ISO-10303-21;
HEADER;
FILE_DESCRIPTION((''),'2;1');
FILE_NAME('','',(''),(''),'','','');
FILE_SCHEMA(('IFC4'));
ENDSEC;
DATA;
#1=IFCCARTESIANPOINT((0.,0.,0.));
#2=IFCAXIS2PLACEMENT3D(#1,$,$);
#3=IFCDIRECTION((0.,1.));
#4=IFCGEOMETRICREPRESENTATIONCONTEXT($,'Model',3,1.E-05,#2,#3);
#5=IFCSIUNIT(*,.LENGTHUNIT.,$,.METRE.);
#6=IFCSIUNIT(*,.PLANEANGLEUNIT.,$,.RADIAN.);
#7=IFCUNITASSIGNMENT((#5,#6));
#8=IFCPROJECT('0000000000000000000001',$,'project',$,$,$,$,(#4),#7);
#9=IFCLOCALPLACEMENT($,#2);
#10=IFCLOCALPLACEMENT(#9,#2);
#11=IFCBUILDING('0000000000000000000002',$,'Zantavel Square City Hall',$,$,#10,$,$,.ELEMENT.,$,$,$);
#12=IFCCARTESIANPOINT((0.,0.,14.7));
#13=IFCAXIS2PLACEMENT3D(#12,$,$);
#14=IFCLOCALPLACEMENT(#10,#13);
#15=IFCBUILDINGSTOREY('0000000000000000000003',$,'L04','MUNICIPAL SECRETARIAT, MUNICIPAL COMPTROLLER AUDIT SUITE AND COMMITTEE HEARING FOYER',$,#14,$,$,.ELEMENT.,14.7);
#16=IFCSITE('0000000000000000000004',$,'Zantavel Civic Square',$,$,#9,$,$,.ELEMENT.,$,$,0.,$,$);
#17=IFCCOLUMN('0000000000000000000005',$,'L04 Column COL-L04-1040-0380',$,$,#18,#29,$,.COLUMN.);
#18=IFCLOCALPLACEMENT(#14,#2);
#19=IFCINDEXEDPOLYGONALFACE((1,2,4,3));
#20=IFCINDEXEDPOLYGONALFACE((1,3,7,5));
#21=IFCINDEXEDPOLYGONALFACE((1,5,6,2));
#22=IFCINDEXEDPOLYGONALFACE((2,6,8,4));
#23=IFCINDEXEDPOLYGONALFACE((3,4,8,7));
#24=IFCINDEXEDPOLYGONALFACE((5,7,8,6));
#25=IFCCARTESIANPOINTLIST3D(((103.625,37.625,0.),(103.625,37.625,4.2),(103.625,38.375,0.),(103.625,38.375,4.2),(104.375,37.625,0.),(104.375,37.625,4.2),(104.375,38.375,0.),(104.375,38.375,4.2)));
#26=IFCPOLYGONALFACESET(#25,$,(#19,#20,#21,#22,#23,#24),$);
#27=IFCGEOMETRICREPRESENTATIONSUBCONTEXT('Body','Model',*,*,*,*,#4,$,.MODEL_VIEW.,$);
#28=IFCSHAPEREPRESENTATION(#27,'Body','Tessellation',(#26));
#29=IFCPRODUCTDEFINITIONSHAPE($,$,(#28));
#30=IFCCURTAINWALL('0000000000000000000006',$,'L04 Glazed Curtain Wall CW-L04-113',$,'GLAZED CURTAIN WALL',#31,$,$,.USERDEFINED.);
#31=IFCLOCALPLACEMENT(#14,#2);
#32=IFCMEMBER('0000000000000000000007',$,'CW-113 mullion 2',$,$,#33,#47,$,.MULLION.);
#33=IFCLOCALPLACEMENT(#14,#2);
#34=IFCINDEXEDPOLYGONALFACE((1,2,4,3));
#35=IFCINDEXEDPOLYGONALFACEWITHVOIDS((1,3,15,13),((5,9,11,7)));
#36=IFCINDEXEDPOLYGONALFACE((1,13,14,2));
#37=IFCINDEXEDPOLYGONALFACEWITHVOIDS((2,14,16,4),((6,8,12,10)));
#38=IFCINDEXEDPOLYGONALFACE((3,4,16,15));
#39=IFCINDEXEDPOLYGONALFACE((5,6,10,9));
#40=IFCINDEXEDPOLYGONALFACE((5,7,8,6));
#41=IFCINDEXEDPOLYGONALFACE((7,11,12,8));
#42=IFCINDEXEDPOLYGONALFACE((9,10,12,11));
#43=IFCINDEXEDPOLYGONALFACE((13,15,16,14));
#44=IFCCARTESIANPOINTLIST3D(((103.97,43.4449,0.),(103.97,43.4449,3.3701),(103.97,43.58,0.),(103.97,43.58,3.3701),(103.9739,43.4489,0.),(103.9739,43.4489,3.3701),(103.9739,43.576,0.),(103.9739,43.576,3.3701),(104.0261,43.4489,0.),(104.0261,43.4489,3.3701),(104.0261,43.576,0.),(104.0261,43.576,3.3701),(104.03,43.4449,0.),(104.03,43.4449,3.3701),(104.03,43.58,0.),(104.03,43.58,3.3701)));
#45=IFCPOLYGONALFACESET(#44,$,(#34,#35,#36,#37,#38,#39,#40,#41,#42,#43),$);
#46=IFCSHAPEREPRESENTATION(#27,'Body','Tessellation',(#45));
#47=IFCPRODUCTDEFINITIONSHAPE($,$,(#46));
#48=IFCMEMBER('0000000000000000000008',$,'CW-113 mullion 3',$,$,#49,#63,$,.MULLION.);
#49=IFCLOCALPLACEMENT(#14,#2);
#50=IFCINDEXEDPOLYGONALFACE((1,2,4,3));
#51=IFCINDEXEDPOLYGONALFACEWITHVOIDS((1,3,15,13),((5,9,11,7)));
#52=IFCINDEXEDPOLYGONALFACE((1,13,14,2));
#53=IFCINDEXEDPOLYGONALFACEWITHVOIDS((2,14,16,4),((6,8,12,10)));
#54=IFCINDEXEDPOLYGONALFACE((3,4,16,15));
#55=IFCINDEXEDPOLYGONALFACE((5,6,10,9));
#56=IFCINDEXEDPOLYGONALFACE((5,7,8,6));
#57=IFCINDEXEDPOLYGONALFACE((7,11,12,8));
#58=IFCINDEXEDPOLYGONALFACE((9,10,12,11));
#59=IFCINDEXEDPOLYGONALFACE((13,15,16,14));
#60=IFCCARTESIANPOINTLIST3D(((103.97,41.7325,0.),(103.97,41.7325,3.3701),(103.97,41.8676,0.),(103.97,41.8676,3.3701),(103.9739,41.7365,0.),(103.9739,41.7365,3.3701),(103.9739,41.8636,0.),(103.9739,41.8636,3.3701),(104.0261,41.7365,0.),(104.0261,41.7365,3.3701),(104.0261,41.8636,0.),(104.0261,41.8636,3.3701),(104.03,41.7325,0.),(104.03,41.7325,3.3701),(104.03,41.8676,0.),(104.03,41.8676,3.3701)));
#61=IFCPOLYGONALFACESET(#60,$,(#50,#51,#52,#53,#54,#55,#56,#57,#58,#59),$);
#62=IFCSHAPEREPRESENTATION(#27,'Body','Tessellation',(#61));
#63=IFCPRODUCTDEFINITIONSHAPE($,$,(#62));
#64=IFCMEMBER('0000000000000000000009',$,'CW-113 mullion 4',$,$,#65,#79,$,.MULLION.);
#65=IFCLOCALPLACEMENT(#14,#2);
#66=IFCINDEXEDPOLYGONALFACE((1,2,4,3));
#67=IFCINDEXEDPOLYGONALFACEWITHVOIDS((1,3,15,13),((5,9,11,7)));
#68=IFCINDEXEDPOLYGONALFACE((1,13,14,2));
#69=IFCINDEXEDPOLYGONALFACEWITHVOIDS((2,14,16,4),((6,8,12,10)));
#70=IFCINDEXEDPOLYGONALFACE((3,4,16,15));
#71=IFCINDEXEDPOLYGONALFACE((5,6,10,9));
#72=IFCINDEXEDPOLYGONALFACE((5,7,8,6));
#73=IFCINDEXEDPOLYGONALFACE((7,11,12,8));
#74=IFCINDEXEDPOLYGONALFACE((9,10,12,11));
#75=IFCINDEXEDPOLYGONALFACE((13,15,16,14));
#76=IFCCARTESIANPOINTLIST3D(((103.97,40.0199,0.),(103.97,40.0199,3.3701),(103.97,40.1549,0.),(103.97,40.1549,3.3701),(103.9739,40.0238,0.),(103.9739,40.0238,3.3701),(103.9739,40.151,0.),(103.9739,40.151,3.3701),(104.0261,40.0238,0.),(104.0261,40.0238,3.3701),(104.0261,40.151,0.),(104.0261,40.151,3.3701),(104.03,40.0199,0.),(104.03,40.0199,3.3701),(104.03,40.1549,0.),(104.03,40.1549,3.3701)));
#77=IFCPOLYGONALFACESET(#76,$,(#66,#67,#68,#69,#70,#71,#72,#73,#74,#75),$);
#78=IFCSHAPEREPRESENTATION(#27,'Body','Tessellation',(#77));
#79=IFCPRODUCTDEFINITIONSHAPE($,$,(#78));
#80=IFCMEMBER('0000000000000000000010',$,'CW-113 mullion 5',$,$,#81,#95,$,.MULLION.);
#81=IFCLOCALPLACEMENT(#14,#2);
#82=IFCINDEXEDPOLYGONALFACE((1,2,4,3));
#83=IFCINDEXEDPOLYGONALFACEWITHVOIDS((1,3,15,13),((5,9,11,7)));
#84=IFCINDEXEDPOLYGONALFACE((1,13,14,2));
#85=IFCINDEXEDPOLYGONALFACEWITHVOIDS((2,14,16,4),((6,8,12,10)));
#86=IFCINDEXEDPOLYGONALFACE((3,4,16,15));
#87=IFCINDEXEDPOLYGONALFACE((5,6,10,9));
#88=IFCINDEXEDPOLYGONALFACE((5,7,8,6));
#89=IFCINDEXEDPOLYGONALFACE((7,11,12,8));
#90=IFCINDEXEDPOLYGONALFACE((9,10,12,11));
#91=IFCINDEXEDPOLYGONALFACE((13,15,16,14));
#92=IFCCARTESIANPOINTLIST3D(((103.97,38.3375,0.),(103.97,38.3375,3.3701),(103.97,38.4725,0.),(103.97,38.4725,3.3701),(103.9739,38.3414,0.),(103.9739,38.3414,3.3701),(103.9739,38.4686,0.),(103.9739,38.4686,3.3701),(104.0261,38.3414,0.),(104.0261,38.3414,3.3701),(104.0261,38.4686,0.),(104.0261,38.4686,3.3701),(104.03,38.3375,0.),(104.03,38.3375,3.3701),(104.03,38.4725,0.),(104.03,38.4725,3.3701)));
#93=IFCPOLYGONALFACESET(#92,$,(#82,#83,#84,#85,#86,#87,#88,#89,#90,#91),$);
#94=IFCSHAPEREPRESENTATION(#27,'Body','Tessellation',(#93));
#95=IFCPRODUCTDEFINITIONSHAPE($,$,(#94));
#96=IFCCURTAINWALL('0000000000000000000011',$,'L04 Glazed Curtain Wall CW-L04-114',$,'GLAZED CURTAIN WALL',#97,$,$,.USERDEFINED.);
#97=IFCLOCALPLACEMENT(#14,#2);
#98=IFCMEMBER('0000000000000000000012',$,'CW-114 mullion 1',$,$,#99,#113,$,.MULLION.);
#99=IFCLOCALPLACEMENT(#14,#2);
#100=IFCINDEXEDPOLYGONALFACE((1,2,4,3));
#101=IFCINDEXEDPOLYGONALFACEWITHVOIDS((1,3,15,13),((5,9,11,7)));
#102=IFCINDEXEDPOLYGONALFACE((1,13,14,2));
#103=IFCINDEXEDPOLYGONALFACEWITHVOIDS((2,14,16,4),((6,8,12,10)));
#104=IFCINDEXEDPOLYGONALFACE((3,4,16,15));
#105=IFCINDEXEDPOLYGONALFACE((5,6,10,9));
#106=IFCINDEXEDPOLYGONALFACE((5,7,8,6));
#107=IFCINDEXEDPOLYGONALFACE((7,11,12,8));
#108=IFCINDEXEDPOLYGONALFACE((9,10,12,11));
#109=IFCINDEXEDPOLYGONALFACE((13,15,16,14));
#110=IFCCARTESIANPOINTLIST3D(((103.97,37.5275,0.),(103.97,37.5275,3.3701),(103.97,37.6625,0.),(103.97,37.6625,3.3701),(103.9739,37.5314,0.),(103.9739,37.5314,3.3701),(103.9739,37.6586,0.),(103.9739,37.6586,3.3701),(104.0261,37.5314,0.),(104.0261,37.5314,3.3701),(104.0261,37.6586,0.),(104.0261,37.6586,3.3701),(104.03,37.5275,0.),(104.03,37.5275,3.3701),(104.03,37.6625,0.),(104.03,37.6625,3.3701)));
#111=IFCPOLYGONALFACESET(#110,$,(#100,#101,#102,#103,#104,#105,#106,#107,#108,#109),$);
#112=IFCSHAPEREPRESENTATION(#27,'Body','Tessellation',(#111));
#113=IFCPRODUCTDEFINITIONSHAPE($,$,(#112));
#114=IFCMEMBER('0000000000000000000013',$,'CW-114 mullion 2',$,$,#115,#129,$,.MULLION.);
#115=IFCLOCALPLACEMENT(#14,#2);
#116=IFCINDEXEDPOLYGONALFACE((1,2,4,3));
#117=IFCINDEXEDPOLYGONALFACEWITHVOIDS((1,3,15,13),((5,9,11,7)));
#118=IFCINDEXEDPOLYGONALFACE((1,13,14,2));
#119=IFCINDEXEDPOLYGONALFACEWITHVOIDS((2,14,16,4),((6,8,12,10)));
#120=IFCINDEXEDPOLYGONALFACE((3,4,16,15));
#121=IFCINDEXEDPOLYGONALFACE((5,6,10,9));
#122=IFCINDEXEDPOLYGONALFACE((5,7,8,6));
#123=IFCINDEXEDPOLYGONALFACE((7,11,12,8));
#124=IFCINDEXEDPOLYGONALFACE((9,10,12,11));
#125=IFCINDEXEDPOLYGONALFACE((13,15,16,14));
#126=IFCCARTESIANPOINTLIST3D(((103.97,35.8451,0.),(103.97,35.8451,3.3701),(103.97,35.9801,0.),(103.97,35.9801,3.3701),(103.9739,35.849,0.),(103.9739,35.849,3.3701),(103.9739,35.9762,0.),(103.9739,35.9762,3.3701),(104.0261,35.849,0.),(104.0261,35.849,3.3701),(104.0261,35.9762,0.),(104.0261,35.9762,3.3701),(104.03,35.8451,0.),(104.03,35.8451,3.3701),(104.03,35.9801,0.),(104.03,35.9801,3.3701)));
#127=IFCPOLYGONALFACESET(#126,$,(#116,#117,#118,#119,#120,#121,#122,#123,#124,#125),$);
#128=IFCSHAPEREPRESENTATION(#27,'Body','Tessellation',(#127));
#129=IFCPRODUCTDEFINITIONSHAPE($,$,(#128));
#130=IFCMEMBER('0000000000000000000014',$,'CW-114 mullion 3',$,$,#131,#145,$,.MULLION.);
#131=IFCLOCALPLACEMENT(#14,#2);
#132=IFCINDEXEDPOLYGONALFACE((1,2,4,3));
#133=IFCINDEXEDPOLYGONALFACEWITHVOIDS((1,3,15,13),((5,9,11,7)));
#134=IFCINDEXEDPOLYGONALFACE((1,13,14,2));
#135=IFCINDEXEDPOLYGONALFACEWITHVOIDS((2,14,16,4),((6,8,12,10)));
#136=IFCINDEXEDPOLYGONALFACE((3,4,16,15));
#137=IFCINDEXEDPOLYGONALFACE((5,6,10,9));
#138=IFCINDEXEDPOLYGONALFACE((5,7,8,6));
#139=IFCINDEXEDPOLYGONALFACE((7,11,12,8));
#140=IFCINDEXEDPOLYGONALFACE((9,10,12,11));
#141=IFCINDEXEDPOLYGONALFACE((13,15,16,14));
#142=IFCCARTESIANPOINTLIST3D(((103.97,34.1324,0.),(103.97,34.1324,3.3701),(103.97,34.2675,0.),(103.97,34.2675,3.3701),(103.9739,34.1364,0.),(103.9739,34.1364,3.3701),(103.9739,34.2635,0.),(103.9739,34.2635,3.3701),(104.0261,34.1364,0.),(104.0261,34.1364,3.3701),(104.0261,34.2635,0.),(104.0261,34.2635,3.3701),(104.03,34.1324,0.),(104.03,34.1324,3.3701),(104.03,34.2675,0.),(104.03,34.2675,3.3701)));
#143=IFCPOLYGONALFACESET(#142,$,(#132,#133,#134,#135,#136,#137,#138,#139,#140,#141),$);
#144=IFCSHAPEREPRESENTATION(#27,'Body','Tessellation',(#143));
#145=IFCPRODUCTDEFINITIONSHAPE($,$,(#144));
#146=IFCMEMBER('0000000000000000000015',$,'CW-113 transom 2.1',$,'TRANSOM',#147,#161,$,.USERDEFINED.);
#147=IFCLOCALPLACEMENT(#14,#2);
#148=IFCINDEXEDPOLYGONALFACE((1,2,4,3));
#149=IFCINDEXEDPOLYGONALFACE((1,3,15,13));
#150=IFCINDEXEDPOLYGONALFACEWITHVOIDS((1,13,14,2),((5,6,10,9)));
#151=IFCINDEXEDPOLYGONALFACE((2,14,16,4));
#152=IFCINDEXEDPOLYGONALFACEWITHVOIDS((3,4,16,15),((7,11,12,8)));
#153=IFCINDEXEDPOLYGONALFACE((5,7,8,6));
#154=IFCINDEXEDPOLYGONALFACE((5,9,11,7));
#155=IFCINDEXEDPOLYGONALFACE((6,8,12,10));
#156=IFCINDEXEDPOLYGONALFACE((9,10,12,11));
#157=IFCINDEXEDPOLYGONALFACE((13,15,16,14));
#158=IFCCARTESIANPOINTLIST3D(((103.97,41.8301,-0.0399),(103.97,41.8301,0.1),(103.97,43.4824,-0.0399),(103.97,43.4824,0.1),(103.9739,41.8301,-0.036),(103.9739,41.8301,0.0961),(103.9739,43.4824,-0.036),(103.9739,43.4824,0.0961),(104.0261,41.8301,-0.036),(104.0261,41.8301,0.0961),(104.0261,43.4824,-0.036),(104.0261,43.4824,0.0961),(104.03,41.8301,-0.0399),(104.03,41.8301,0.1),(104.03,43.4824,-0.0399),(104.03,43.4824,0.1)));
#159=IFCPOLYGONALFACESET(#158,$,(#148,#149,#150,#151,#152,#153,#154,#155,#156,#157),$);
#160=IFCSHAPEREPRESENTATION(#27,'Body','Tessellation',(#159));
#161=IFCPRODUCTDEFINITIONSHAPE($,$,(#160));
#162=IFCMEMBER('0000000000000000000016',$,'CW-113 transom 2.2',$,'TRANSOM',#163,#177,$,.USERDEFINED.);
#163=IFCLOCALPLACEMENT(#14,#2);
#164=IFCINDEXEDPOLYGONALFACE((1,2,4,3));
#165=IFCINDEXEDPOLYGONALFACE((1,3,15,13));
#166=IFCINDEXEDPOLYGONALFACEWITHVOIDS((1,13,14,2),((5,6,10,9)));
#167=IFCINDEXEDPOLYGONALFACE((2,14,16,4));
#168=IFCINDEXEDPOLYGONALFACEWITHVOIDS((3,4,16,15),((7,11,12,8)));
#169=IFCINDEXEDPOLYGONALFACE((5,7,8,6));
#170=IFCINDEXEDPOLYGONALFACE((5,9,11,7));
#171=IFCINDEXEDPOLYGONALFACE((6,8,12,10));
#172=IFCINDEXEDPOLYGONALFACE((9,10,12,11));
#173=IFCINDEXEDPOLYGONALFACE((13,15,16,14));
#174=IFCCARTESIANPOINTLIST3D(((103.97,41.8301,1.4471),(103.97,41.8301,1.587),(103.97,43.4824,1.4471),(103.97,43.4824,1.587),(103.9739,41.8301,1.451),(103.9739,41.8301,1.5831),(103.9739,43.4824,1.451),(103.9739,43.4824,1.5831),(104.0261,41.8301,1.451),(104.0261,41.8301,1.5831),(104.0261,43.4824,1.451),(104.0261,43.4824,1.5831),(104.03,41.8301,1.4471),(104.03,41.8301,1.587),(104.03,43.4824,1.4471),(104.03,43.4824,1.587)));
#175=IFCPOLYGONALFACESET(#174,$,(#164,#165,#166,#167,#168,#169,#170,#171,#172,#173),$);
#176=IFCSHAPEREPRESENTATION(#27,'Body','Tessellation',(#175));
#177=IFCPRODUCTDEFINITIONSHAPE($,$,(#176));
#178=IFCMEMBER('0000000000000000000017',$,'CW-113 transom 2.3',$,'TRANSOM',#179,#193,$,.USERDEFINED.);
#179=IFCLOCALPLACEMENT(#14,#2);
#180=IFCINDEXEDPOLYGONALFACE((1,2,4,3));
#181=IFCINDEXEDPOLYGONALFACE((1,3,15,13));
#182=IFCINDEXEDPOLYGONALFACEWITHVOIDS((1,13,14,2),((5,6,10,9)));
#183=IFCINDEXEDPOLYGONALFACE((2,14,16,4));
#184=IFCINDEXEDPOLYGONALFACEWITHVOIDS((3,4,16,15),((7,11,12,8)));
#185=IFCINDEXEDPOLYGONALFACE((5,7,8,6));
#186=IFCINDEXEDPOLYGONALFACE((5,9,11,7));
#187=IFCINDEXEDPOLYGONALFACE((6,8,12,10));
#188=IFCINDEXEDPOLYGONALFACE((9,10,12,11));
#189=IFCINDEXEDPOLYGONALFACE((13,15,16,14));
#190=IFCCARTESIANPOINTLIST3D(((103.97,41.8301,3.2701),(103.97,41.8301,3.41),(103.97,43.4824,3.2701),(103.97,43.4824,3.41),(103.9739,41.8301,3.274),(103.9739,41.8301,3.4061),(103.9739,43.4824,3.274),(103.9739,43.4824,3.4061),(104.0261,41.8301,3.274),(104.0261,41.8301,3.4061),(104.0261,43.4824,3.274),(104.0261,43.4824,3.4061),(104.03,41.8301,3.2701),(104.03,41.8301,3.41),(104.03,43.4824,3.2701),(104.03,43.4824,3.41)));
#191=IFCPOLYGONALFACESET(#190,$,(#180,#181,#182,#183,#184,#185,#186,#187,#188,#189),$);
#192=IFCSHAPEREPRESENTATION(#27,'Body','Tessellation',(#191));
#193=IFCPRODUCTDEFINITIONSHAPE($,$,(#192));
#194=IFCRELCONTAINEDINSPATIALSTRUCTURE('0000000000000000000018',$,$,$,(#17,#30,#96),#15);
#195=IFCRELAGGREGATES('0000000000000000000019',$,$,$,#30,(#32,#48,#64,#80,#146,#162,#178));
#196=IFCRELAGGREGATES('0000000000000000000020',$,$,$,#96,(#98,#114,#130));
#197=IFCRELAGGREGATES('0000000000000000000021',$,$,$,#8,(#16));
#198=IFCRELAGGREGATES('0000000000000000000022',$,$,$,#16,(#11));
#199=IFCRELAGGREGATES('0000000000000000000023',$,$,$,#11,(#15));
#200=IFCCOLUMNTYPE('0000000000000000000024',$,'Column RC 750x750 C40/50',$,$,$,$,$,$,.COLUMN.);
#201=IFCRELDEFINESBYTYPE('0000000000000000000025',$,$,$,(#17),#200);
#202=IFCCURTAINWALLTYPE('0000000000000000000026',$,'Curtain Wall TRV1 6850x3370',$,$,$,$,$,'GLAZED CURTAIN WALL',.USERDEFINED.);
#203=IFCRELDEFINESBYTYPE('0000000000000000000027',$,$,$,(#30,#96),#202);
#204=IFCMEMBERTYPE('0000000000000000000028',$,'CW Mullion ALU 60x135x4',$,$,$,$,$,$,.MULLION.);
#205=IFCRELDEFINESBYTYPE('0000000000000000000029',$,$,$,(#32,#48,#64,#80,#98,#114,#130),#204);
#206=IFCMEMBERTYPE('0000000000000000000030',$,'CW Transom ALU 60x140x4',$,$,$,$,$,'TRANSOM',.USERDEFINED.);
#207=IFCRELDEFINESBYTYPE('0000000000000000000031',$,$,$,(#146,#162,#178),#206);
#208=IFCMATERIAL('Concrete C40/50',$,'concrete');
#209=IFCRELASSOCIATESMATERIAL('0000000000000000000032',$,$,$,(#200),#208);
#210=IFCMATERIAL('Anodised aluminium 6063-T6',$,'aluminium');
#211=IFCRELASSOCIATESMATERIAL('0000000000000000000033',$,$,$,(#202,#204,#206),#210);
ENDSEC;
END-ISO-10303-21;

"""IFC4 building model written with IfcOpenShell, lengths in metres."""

from ifc_helpers import new_model, si_unit, direction, frame, origin, origin_2d, place, context, subcontext, project, spatial, rectangle, hollow_rectangle, extrude, material, material_profile, profile_set, type_object, element, aggregate, save


model = new_model("IFC4")

# Units and contexts
model_context = context("Model", 3, precision=1e-05, world=origin(), true_north=direction((0.0, 1.0)))
body_context = subcontext(model_context, "Body", "Model", "MODEL_VIEW")
ifc_project = project(units=[si_unit("LENGTHUNIT", "METRE"), si_unit("PLANEANGLEUNIT", "RADIAN")], contexts=[model_context])

# Site, building, storey
site_placement = place(None, origin())
site = spatial("IfcSite", under=ifc_project, at=site_placement, Name="Zantavel Civic Square", CompositionType="ELEMENT", RefElevation=0.0)
building_placement = place(site_placement, origin())
building = spatial("IfcBuilding", under=site, at=building_placement, Name="Zantavel Square City Hall", CompositionType="ELEMENT")
storey_placement = place(building_placement, frame((0.0, 0.0, 14.7)))
storey = spatial("IfcBuildingStorey", under=building, at=storey_placement, Name="L04", Description="MUNICIPAL SECRETARIAT, MUNICIPAL COMPTROLLER AUDIT SUITE AND COMMITTEE HEARING FOYER", CompositionType="ELEMENT", Elevation=14.7)

# Column
ifc_material_1 = material(Name="Concrete C40/50", Category="concrete")
ifc_material_profile_1 = material_profile(ifc_material_1, rectangle(XDim=0.75, YDim=0.75, at=origin_2d()), Name="RC 750x750")
ifc_profile_set_1 = profile_set([ifc_material_profile_1], Name="Concrete C40/50")
column_type = type_object("IfcColumnType", Name="Column RC 750x750 C40/50", PredefinedType="COLUMN", material=ifc_profile_set_1)
column_placement = place(storey_placement, frame((104.0, 38.0, 0.0), z_axis=(0.0, 0.0, 1.0), x_axis=(1.0, 0.0, 0.0)))
element("IfcColumn", 1, at=column_placement, inside=storey, type_object=column_type, Name="L04 Column COL-L04-1040-0380", PredefinedType="COLUMN", context=body_context, shape_type="SweptSolid", body=[
    extrude(rectangle(XDim=0.75, YDim=0.75, at=origin_2d()), origin(), (0.0, 0.0, 1.0), 4.2),
])

# Curtain walls, members
ifc_material_2 = material(Name="Anodised aluminium 6063-T6", Category="aluminium")
curtain_wall_type = type_object("IfcCurtainWallType", Name="Curtain Wall TRV1 6850x3370", ElementType="GLAZED CURTAIN WALL", PredefinedType="USERDEFINED", material=ifc_material_2)
curtain_wall_1_placement = place(storey_placement, origin())
curtain_wall_1 = element("IfcCurtainWall", 2, at=curtain_wall_1_placement, inside=storey, type_object=curtain_wall_type, Name="L04 Glazed Curtain Wall CW-L04-113", ObjectType="GLAZED CURTAIN WALL", PredefinedType="USERDEFINED")
ifc_material_profile_2 = material_profile(ifc_material_2, hollow_rectangle(XDim=0.0601, YDim=0.135, WallThickness=0.0039, at=origin_2d()), Name="ALU 60x135x4")
ifc_profile_set_2 = profile_set([ifc_material_profile_2], Name="Anodised aluminium 6063-T6")
member_type_1 = type_object("IfcMemberType", Name="CW Mullion ALU 60x135x4", PredefinedType="MULLION", material=ifc_profile_set_2)
member_1_placement = place(storey_placement, frame((104.0, 43.5125, 0.0), z_axis=(0.0, 0.0, 1.0), x_axis=(1.0, 0.0, 0.0)))
member_1 = element("IfcMember", 3, at=member_1_placement, type_object=member_type_1, Name="CW-113 mullion 2", PredefinedType="MULLION", context=body_context, shape_type="SweptSolid", body=[
    extrude(hollow_rectangle(XDim=0.0601, YDim=0.135, WallThickness=0.0039, at=origin_2d()), origin(), (0.0, 0.0, 1.0), 3.3701),
])
member_2_placement = place(storey_placement, frame((104.0, 41.8, 0.0), z_axis=(0.0, 0.0, 1.0), x_axis=(1.0, 0.0, 0.0)))
member_2 = element("IfcMember", 4, at=member_2_placement, type_object=member_type_1, Name="CW-113 mullion 3", PredefinedType="MULLION", context=body_context, shape_type="SweptSolid", body=[
    extrude(hollow_rectangle(XDim=0.0601, YDim=0.135, WallThickness=0.0039, at=origin_2d()), origin(), (0.0, 0.0, 1.0), 3.3701),
])
member_3_placement = place(storey_placement, frame((104.0, 40.0874, 0.0), z_axis=(0.0, 0.0, 1.0), x_axis=(1.0, 0.0, 0.0)))
member_3 = element("IfcMember", 5, at=member_3_placement, type_object=member_type_1, Name="CW-113 mullion 4", PredefinedType="MULLION", context=body_context, shape_type="SweptSolid", body=[
    extrude(hollow_rectangle(XDim=0.0601, YDim=0.135, WallThickness=0.0039, at=origin_2d()), origin(), (0.0, 0.0, 1.0), 3.3701),
])
member_4_placement = place(storey_placement, frame((104.0, 38.405, 0.0), z_axis=(0.0, 0.0, 1.0), x_axis=(1.0, 0.0, 0.0)))
member_4 = element("IfcMember", 6, at=member_4_placement, type_object=member_type_1, Name="CW-113 mullion 5", PredefinedType="MULLION", context=body_context, shape_type="SweptSolid", body=[
    extrude(hollow_rectangle(XDim=0.0601, YDim=0.135, WallThickness=0.0039, at=origin_2d()), origin(), (0.0, 0.0, 1.0), 3.3701),
])
curtain_wall_2_placement = place(storey_placement, origin())
curtain_wall_2 = element("IfcCurtainWall", 7, at=curtain_wall_2_placement, inside=storey, type_object=curtain_wall_type, Name="L04 Glazed Curtain Wall CW-L04-114", ObjectType="GLAZED CURTAIN WALL", PredefinedType="USERDEFINED")
member_5_placement = place(storey_placement, frame((104.0, 37.595, 0.0), z_axis=(0.0, 0.0, 1.0), x_axis=(1.0, 0.0, 0.0)))
member_5 = element("IfcMember", 8, at=member_5_placement, type_object=member_type_1, Name="CW-114 mullion 1", PredefinedType="MULLION", context=body_context, shape_type="SweptSolid", body=[
    extrude(hollow_rectangle(XDim=0.0601, YDim=0.135, WallThickness=0.0039, at=origin_2d()), origin(), (0.0, 0.0, 1.0), 3.3701),
])
member_6_placement = place(storey_placement, frame((104.0, 35.9126, 0.0), z_axis=(0.0, 0.0, 1.0), x_axis=(1.0, 0.0, 0.0)))
member_6 = element("IfcMember", 9, at=member_6_placement, type_object=member_type_1, Name="CW-114 mullion 2", PredefinedType="MULLION", context=body_context, shape_type="SweptSolid", body=[
    extrude(hollow_rectangle(XDim=0.0601, YDim=0.135, WallThickness=0.0039, at=origin_2d()), origin(), (0.0, 0.0, 1.0), 3.3701),
])
member_7_placement = place(storey_placement, frame((104.0, 34.2, 0.0), z_axis=(0.0, 0.0, 1.0), x_axis=(1.0, 0.0, 0.0)))
member_7 = element("IfcMember", 10, at=member_7_placement, type_object=member_type_1, Name="CW-114 mullion 3", PredefinedType="MULLION", context=body_context, shape_type="SweptSolid", body=[
    extrude(hollow_rectangle(XDim=0.0601, YDim=0.135, WallThickness=0.0039, at=origin_2d()), origin(), (0.0, 0.0, 1.0), 3.3701),
])

# Members
ifc_material_profile_3 = material_profile(ifc_material_2, hollow_rectangle(XDim=0.0601, YDim=0.1399, WallThickness=0.0039, at=origin_2d()), Name="ALU 60x140x4")
ifc_profile_set_3 = profile_set([ifc_material_profile_3], Name="Anodised aluminium 6063-T6")
member_type_2 = type_object("IfcMemberType", Name="CW Transom ALU 60x140x4", ElementType="TRANSOM", PredefinedType="USERDEFINED", material=ifc_profile_set_3)
member_8_placement = place(storey_placement, frame((104.0, 43.4824, 0.03), z_axis=(0.0, -1.0, 0.0), x_axis=(1.0, 0.0, 0.0)))
member_8 = element("IfcMember", 11, at=member_8_placement, type_object=member_type_2, Name="CW-113 transom 2.1", ObjectType="TRANSOM", PredefinedType="USERDEFINED", context=body_context, shape_type="SweptSolid", body=[
    extrude(hollow_rectangle(XDim=0.0601, YDim=0.1399, WallThickness=0.0039, at=origin_2d()), origin(), (0.0, 0.0, 1.0), 1.6523),
])
member_9_placement = place(storey_placement, frame((104.0, 43.4824, 1.5171), z_axis=(0.0, -1.0, 0.0), x_axis=(1.0, 0.0, 0.0)))
member_9 = element("IfcMember", 12, at=member_9_placement, type_object=member_type_2, Name="CW-113 transom 2.2", ObjectType="TRANSOM", PredefinedType="USERDEFINED", context=body_context, shape_type="SweptSolid", body=[
    extrude(hollow_rectangle(XDim=0.0601, YDim=0.1399, WallThickness=0.0039, at=origin_2d()), origin(), (0.0, 0.0, 1.0), 1.6523),
])
member_10_placement = place(storey_placement, frame((104.0, 43.4824, 3.3401), z_axis=(0.0, -1.0, 0.0), x_axis=(1.0, 0.0, 0.0)))
member_10 = element("IfcMember", 13, at=member_10_placement, type_object=member_type_2, Name="CW-113 transom 2.3", ObjectType="TRANSOM", PredefinedType="USERDEFINED", context=body_context, shape_type="SweptSolid", body=[
    extrude(hollow_rectangle(XDim=0.0601, YDim=0.1399, WallThickness=0.0039, at=origin_2d()), origin(), (0.0, 0.0, 1.0), 1.6523),
])

aggregate(curtain_wall_1, [member_1, member_2, member_3, member_4, member_8, member_9, member_10])
aggregate(curtain_wall_2, [member_5, member_6, member_7])

save(model, "model.ifc")
